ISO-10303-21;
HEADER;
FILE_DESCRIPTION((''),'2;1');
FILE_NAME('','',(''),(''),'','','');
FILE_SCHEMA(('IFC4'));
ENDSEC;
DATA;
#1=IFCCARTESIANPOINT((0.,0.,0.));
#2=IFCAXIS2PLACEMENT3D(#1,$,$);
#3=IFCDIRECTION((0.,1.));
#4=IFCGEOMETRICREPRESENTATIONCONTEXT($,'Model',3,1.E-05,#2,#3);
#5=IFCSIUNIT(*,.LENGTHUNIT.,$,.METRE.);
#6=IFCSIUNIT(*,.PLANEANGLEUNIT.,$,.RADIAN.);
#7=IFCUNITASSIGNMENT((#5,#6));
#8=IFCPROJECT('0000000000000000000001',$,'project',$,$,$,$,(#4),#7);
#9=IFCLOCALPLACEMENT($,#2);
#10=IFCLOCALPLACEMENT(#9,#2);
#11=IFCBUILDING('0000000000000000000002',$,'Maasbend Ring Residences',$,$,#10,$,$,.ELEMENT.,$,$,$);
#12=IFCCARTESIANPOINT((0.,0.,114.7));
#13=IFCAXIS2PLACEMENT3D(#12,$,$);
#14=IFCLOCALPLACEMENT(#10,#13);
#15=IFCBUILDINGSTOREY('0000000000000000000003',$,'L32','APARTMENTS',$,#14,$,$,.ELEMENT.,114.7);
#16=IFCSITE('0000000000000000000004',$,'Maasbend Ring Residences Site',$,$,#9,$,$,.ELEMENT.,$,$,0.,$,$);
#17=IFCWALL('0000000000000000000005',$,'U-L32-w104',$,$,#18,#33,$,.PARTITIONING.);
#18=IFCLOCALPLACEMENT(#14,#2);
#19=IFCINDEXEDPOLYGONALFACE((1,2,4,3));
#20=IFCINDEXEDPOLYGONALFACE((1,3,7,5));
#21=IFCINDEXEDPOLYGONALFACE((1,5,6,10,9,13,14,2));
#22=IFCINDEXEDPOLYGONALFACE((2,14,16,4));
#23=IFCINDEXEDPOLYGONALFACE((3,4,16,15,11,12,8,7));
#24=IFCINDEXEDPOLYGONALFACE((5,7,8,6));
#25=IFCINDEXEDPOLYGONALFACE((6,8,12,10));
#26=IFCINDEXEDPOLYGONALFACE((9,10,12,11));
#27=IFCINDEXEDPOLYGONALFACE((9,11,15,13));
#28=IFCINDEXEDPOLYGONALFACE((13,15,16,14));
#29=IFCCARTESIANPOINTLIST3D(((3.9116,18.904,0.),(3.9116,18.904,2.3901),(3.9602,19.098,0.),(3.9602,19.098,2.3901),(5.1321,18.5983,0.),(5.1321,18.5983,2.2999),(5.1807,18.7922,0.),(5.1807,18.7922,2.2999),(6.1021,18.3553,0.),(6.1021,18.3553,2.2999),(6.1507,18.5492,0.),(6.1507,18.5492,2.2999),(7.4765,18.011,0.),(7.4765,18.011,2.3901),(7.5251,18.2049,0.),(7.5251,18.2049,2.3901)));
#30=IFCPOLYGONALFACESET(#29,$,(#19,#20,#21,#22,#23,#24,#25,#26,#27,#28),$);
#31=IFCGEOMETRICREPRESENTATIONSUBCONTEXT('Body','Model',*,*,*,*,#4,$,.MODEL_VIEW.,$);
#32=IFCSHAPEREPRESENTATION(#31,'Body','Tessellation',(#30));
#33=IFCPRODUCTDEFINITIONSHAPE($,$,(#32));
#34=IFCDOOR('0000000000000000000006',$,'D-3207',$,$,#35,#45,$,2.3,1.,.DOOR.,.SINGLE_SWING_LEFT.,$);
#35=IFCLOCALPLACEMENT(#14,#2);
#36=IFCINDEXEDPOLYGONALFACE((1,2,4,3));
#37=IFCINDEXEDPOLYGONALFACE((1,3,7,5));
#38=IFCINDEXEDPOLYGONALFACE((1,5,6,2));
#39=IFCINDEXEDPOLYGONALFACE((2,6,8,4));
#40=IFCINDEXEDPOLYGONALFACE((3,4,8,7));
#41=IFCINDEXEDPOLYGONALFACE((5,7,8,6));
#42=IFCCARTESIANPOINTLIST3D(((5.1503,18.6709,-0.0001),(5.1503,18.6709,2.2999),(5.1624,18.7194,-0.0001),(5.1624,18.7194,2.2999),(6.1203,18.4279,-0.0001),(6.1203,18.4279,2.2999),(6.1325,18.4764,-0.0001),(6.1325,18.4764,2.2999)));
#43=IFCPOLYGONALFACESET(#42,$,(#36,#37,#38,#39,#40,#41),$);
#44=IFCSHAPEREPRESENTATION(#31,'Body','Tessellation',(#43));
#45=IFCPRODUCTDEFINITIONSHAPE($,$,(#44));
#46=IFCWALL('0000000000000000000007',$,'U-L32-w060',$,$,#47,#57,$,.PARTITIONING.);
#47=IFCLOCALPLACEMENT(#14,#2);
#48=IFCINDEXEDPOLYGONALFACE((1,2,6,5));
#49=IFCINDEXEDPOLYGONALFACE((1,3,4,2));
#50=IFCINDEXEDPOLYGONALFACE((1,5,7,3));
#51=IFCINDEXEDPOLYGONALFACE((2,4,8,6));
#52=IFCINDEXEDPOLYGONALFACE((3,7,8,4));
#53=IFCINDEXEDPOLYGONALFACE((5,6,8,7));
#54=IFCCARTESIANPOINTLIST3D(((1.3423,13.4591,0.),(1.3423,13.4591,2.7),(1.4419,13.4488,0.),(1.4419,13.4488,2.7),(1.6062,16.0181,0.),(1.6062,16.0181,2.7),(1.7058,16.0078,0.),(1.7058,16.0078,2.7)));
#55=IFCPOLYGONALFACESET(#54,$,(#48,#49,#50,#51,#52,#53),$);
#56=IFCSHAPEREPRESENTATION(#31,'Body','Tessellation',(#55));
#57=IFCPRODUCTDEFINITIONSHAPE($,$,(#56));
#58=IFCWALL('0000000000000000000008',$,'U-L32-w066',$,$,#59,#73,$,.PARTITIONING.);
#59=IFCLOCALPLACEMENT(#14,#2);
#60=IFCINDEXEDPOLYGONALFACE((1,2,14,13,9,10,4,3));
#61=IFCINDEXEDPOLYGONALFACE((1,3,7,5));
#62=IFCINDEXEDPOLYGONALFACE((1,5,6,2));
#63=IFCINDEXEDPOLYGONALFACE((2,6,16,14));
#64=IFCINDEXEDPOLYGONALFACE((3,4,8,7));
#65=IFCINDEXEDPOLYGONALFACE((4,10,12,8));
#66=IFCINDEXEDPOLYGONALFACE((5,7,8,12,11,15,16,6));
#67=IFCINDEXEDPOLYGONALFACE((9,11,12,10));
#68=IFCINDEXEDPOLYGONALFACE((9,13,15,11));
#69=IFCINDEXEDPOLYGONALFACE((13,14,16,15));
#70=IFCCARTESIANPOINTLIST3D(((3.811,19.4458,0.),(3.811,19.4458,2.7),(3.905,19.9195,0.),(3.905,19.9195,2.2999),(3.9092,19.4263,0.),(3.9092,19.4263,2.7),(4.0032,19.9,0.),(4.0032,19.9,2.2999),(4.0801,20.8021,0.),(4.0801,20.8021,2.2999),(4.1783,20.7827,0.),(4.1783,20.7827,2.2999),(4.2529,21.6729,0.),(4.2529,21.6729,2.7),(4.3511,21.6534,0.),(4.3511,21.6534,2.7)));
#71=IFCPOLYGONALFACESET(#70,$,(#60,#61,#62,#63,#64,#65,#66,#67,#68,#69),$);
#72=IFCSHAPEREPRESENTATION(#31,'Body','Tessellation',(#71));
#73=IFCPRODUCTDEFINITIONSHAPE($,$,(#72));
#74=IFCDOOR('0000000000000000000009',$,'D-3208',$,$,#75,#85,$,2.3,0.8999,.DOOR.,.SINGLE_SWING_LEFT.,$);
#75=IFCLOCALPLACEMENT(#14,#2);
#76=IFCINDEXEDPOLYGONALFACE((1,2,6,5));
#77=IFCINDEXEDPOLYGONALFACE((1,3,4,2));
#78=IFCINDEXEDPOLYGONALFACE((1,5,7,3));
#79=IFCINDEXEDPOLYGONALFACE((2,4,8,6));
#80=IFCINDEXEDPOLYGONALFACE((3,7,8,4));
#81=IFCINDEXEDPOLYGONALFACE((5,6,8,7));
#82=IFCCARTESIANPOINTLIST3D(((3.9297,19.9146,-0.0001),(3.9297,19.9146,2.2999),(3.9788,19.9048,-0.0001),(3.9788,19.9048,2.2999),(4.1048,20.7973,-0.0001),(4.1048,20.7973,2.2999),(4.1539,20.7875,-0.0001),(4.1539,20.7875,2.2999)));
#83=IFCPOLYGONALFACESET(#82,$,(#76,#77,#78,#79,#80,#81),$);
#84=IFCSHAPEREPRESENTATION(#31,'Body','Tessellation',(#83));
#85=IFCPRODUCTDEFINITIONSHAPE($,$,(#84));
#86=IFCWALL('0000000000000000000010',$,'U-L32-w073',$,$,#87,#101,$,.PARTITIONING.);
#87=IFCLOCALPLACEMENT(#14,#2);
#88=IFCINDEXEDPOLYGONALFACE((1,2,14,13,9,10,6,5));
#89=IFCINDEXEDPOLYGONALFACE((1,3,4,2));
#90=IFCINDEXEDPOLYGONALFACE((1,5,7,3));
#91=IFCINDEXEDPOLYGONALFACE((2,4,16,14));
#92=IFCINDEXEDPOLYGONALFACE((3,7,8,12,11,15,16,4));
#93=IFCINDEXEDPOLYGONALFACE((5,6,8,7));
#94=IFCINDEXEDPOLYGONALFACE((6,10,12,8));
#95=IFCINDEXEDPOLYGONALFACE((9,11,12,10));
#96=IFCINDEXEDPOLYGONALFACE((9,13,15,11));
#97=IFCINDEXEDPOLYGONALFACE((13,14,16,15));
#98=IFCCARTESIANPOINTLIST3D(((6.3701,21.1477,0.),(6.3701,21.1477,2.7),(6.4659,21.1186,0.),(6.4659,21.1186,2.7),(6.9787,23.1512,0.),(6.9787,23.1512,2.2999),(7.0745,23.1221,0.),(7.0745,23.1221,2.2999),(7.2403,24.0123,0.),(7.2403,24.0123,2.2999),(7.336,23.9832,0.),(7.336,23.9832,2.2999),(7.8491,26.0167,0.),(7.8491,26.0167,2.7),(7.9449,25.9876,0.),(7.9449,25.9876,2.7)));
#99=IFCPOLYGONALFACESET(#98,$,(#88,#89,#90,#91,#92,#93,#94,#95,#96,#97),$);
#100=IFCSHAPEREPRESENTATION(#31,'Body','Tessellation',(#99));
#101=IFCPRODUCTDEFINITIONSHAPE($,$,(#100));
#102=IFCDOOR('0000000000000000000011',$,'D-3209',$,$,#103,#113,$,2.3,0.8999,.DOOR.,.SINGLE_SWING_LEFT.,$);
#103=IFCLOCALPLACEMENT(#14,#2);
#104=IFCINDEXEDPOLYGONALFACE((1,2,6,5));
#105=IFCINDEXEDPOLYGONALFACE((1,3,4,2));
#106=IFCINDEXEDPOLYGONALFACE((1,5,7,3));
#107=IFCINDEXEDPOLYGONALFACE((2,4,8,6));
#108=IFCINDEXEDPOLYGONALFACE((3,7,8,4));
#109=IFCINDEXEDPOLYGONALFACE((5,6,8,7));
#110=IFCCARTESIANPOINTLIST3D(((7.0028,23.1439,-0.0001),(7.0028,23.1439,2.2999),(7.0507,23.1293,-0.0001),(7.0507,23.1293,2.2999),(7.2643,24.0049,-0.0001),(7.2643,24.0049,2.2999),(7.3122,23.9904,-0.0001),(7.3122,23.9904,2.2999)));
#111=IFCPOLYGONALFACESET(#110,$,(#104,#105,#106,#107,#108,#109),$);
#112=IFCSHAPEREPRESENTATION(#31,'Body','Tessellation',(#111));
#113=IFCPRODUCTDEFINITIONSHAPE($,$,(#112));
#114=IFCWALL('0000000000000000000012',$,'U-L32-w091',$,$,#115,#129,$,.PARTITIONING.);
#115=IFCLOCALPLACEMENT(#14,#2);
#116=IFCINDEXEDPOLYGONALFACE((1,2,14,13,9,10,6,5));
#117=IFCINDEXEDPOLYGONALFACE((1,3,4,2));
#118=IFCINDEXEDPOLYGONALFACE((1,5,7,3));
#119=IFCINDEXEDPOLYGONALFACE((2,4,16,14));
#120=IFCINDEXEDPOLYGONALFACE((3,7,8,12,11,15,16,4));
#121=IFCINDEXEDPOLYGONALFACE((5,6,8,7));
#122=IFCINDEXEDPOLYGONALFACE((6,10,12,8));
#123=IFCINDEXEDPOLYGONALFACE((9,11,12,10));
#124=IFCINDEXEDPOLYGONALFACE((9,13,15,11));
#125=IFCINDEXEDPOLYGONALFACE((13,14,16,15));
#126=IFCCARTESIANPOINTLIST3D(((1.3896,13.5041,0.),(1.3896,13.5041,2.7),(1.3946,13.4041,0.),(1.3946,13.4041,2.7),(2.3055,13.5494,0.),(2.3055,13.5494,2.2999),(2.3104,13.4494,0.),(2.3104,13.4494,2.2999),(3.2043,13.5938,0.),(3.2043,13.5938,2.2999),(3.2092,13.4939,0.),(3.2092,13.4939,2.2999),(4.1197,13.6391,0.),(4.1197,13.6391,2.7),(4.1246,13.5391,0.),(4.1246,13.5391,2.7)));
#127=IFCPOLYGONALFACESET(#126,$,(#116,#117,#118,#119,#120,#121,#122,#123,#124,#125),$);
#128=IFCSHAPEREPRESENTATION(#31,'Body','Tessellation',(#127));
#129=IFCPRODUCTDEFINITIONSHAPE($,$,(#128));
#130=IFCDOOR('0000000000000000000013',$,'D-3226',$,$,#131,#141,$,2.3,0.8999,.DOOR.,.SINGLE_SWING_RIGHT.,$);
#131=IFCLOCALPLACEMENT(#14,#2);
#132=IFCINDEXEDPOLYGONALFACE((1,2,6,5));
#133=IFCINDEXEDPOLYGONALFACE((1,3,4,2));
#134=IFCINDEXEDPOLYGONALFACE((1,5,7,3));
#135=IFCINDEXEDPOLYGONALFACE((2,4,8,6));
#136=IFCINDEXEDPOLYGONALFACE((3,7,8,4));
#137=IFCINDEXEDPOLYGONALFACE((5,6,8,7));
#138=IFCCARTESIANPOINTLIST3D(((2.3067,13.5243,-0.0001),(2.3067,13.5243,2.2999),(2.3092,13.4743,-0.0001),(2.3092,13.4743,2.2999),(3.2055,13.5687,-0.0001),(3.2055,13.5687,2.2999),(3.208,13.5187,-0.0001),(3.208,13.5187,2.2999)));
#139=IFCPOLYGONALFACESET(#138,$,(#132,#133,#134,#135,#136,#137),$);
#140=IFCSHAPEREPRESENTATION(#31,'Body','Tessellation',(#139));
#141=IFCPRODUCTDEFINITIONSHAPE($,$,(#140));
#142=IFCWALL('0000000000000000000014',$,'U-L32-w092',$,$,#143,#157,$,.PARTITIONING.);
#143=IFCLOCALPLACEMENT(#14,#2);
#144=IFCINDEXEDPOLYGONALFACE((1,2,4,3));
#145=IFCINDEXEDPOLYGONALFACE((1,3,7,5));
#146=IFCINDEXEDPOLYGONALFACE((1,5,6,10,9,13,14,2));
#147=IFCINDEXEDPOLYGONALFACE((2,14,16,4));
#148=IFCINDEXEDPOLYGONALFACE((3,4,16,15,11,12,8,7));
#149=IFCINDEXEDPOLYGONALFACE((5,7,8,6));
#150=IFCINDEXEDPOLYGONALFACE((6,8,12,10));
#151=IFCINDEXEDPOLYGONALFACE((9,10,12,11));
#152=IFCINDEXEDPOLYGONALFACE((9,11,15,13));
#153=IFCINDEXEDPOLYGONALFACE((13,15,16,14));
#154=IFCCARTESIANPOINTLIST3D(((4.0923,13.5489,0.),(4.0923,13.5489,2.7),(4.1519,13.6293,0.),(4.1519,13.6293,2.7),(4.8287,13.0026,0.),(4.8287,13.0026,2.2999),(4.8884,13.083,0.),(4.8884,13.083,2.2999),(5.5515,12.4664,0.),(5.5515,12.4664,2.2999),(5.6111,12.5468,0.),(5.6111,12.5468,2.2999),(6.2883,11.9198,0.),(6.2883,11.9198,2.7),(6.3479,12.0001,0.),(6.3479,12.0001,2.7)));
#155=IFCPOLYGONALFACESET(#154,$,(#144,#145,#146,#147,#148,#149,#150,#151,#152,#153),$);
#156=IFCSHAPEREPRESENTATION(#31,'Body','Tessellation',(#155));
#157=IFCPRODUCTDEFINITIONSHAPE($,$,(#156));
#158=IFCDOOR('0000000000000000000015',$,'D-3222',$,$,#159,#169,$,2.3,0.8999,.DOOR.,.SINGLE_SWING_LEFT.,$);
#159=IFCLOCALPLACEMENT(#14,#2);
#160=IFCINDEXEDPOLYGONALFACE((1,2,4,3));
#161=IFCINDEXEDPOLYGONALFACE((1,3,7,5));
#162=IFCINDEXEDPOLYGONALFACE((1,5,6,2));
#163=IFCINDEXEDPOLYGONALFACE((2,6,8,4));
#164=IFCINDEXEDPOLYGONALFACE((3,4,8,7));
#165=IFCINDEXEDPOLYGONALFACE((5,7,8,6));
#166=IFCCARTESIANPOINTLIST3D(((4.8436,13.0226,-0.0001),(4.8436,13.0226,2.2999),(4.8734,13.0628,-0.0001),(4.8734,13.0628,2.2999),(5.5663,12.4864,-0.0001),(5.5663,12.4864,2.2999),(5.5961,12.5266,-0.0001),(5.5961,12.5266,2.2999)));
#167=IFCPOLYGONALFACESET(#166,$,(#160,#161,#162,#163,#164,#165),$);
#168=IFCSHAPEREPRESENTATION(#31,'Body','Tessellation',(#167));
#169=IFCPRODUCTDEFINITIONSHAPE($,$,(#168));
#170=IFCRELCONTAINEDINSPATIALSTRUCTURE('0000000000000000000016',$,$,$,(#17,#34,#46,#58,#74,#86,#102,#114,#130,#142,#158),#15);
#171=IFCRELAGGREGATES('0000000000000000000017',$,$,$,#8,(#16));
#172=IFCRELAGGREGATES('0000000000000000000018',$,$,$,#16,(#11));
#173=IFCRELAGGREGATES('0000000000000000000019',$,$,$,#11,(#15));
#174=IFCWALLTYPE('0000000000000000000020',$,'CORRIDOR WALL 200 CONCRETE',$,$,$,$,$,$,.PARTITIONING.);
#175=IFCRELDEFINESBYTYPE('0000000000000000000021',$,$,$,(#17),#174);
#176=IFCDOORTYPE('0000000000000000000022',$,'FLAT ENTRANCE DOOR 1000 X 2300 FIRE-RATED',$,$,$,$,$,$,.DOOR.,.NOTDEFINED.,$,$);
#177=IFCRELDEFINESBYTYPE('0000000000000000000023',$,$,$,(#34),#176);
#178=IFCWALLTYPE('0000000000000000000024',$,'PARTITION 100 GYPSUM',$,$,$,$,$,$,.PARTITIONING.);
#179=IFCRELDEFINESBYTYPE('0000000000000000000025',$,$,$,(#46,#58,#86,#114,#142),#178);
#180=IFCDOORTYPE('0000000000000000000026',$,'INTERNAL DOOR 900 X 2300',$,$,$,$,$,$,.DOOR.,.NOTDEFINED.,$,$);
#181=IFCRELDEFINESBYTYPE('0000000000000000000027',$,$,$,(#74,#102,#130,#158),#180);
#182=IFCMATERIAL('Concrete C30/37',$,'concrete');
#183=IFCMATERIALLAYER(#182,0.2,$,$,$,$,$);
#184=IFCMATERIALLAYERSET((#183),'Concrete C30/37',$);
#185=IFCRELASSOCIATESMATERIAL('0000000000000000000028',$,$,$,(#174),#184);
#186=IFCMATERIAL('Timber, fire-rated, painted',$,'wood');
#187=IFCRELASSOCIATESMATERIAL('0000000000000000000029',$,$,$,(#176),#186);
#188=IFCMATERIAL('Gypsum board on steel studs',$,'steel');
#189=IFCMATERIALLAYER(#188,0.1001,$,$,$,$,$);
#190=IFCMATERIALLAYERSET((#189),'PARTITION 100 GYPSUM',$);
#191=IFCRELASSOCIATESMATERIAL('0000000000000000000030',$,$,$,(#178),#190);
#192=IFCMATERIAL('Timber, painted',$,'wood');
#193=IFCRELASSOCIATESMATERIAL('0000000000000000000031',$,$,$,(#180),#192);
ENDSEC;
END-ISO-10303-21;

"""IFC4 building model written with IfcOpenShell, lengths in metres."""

from ifc_helpers import new_model, si_unit, direction, frame, frame_2d, origin, place, context, subcontext, project, spatial, rectangle, extrude, material, layer, layer_set, type_object, element, fill, save


model = new_model("IFC4")

# Units and contexts
model_context = context("Model", 3, precision=1e-05, world=origin(), true_north=direction((0.0, 1.0)))
body_context = subcontext(model_context, "Body", "Model", "MODEL_VIEW")
ifc_project = project(units=[si_unit("LENGTHUNIT", "METRE"), si_unit("PLANEANGLEUNIT", "RADIAN")], contexts=[model_context])

# Site, building, storey
site_placement = place(None, origin())
site = spatial("IfcSite", under=ifc_project, at=site_placement, Name="Maasbend Ring Residences Site", CompositionType="ELEMENT", RefElevation=0.0)
building_placement = place(site_placement, origin())
building = spatial("IfcBuilding", under=site, at=building_placement, Name="Maasbend Ring Residences", CompositionType="ELEMENT")
storey_placement = place(building_placement, frame((0.0, 0.0, 114.7)))
storey = spatial("IfcBuildingStorey", under=building, at=storey_placement, Name="L32", Description="APARTMENTS", CompositionType="ELEMENT", Elevation=114.7)

# Shared definitions
ifc_material_1 = material(Name="Concrete C30/37", Category="concrete")
ifc_layer_1 = layer(ifc_material_1, 0.2)
ifc_layer_set_1 = layer_set([ifc_layer_1], Name="Concrete C30/37")
wall_type_1 = type_object("IfcWallType", Name="CORRIDOR WALL 200 CONCRETE", PredefinedType="PARTITIONING", material=ifc_layer_set_1)
ifc_material_2 = material(Name="Timber, fire-rated, painted", Category="wood")
door_type_1 = type_object("IfcDoorType", Name="FLAT ENTRANCE DOOR 1000 X 2300 FIRE-RATED", OperationType="NOTDEFINED", PredefinedType="DOOR", material=ifc_material_2)

# Wall, opening, door
wall_1_placement = place(storey_placement, frame((3.936, 19.001, 0.0), z_axis=(0.0, 0.0, 1.0), x_axis=(0.970025, -0.243005, 0.0)))
wall_1 = element("IfcWall", 1, at=wall_1_placement, inside=storey, type_object=wall_type_1, Name="U-L32-w104", PredefinedType="PARTITIONING", context=body_context, shape_type="SweptSolid", body=[
    extrude(rectangle(XDim=3.675, YDim=0.2, at=frame_2d((1.8374, 0.0))), origin(), (0.0, 0.0, 1.0), 2.3901),
])
opening_1_placement = place(wall_1_placement, frame((1.2581, 0.0, 0.0)))
opening_1 = element("IfcOpeningElement", 2, at=opening_1_placement, cuts=wall_1, PredefinedType="OPENING", context=body_context, shape_type="SweptSolid", body=[
    extrude(rectangle(XDim=1.0, YDim=2.3, at=frame_2d((0.5, 1.1499))), frame((0.0, 0.1099, 0.0), z_axis=(0.0, -1.0, 0.0), x_axis=(1.0, 0.0, 0.0)), (0.0, 0.0, 1.0), 0.22),
])
door_1_placement = place(opening_1_placement, origin())
door_1 = element("IfcDoor", 3, at=door_1_placement, inside=storey, type_object=door_type_1, Name="D-3207", OperationType="SINGLE_SWING_LEFT", OverallHeight=2.3, OverallWidth=1.0, PredefinedType="DOOR", context=body_context, shape_type="SweptSolid", body=[
    extrude(rectangle(XDim=1.0, YDim=2.3, at=frame_2d((0.5, 1.1499))), frame((0.0, 0.0249, 0.0), z_axis=(0.0, -1.0, 0.0), x_axis=(1.0, 0.0, 0.0)), (0.0, 0.0, 1.0), 0.05),
])
fill(opening_1, door_1)

# Wall
ifc_material_3 = material(Name="Gypsum board on steel studs", Category="steel")
ifc_layer_2 = layer(ifc_material_3, 0.1001)
ifc_layer_set_2 = layer_set([ifc_layer_2], Name="PARTITION 100 GYPSUM")
wall_type_2 = type_object("IfcWallType", Name="PARTITION 100 GYPSUM", PredefinedType="PARTITIONING", material=ifc_layer_set_2)
wall_2_placement = place(storey_placement, frame((1.3921, 13.4541, 0.0), z_axis=(0.0, 0.0, 1.0), x_axis=(0.102595, 0.994723, 0.0)))
element("IfcWall", 4, at=wall_2_placement, inside=storey, type_object=wall_type_2, Name="U-L32-w060", PredefinedType="PARTITIONING", context=body_context, shape_type="SweptSolid", body=[
    extrude(rectangle(XDim=2.5725, YDim=0.1001, at=frame_2d((1.2861, 0.0))), origin(), (0.0, 0.0, 1.0), 2.7),
])

# Walls, openings, doors
wall_3_placement = place(storey_placement, frame((3.8601, 19.436, 0.0), z_axis=(0.0, 0.0, 1.0), x_axis=(0.194627, 0.980877, 0.0)))
wall_3 = element("IfcWall", 5, at=wall_3_placement, inside=storey, type_object=wall_type_2, Name="U-L32-w066", PredefinedType="PARTITIONING", context=body_context, shape_type="SweptSolid", body=[
    extrude(rectangle(XDim=2.2705, YDim=0.1001, at=frame_2d((1.1353, 0.0))), origin(), (0.0, 0.0, 1.0), 2.7),
])
opening_2_placement = place(wall_3_placement, frame((0.4829, 0.0, 0.0)))
opening_2 = element("IfcOpeningElement", 6, at=opening_2_placement, cuts=wall_3, PredefinedType="OPENING", context=body_context, shape_type="SweptSolid", body=[
    extrude(rectangle(XDim=0.8999, YDim=2.3, at=frame_2d((0.45, 1.1499))), frame((0.0, 0.0601, 0.0), z_axis=(0.0, -1.0, 0.0), x_axis=(1.0, 0.0, 0.0)), (0.0, 0.0, 1.0), 0.1201),
])
ifc_material_4 = material(Name="Timber, painted", Category="wood")
door_type_2 = type_object("IfcDoorType", Name="INTERNAL DOOR 900 X 2300", OperationType="NOTDEFINED", PredefinedType="DOOR", material=ifc_material_4)
door_2_placement = place(opening_2_placement, origin())
door_2 = element("IfcDoor", 7, at=door_2_placement, inside=storey, type_object=door_type_2, Name="D-3208", OperationType="SINGLE_SWING_LEFT", OverallHeight=2.3, OverallWidth=0.8999, PredefinedType="DOOR", context=body_context, shape_type="SweptSolid", body=[
    extrude(rectangle(XDim=0.8999, YDim=2.3, at=frame_2d((0.45, 1.1499))), frame((0.0, 0.0249, 0.0), z_axis=(0.0, -1.0, 0.0), x_axis=(1.0, 0.0, 0.0)), (0.0, 0.0, 1.0), 0.05),
])
fill(opening_2, door_2)
wall_4_placement = place(storey_placement, frame((6.418, 21.1331, 0.0), z_axis=(0.0, 0.0, 1.0), x_axis=(0.290652, 0.956829, 0.0)))
wall_4 = element("IfcWall", 8, at=wall_4_placement, inside=storey, type_object=wall_type_2, Name="U-L32-w073", PredefinedType="PARTITIONING", context=body_context, shape_type="SweptSolid", body=[
    extrude(rectangle(XDim=5.0886, YDim=0.1001, at=frame_2d((2.5444, 0.0))), origin(), (0.0, 0.0, 1.0), 2.7),
])
opening_3_placement = place(wall_4_placement, frame((2.094, 0.0, 0.0)))
opening_3 = element("IfcOpeningElement", 9, at=opening_3_placement, cuts=wall_4, PredefinedType="OPENING", context=body_context, shape_type="SweptSolid", body=[
    extrude(rectangle(XDim=0.8999, YDim=2.3, at=frame_2d((0.45, 1.1499))), frame((0.0, 0.0601, 0.0), z_axis=(0.0, -1.0, 0.0), x_axis=(1.0, 0.0, 0.0)), (0.0, 0.0, 1.0), 0.1201),
])
door_3_placement = place(opening_3_placement, origin())
door_3 = element("IfcDoor", 10, at=door_3_placement, inside=storey, type_object=door_type_2, Name="D-3209", OperationType="SINGLE_SWING_LEFT", OverallHeight=2.3, OverallWidth=0.8999, PredefinedType="DOOR", context=body_context, shape_type="SweptSolid", body=[
    extrude(rectangle(XDim=0.8999, YDim=2.3, at=frame_2d((0.45, 1.1499))), frame((0.0, 0.0249, 0.0), z_axis=(0.0, -1.0, 0.0), x_axis=(1.0, 0.0, 0.0)), (0.0, 0.0, 1.0), 0.05),
])
fill(opening_3, door_3)
wall_5_placement = place(storey_placement, frame((1.3921, 13.4541, 0.0), z_axis=(0.0, 0.0, 1.0), x_axis=(0.998779, 0.049394, 0.0)))
wall_5 = element("IfcWall", 11, at=wall_5_placement, inside=storey, type_object=wall_type_2, Name="U-L32-w091", PredefinedType="PARTITIONING", context=body_context, shape_type="SweptSolid", body=[
    extrude(rectangle(XDim=2.7334, YDim=0.1001, at=frame_2d((1.3667, 0.0))), origin(), (0.0, 0.0, 1.0), 2.7),
])
opening_4_placement = place(wall_5_placement, frame((0.917, 0.0, 0.0)))
opening_4 = element("IfcOpeningElement", 12, at=opening_4_placement, cuts=wall_5, PredefinedType="OPENING", context=body_context, shape_type="SweptSolid", body=[
    extrude(rectangle(XDim=0.8999, YDim=2.3, at=frame_2d((0.45, 1.1499))), frame((0.0, 0.0601, 0.0), z_axis=(0.0, -1.0, 0.0), x_axis=(1.0, 0.0, 0.0)), (0.0, 0.0, 1.0), 0.1201),
])
door_4_placement = place(opening_4_placement, origin())
door_4 = element("IfcDoor", 13, at=door_4_placement, inside=storey, type_object=door_type_2, Name="D-3226", OperationType="SINGLE_SWING_RIGHT", OverallHeight=2.3, OverallWidth=0.8999, PredefinedType="DOOR", context=body_context, shape_type="SweptSolid", body=[
    extrude(rectangle(XDim=0.8999, YDim=2.3, at=frame_2d((0.45, 1.1499))), frame((0.0, 0.0249, 0.0), z_axis=(0.0, -1.0, 0.0), x_axis=(1.0, 0.0, 0.0)), (0.0, 0.0, 1.0), 0.05),
])
fill(opening_4, door_4)
wall_6_placement = place(storey_placement, frame((4.1221, 13.5891, 0.0), z_axis=(0.0, 0.0, 1.0), x_axis=(0.803128, -0.595806, 0.0)))
wall_6 = element("IfcWall", 14, at=wall_6_placement, inside=storey, type_object=wall_type_2, Name="U-L32-w092", PredefinedType="PARTITIONING", context=body_context, shape_type="SweptSolid", body=[
    extrude(rectangle(XDim=2.7344, YDim=0.1001, at=frame_2d((1.3672, 0.0))), origin(), (0.0, 0.0, 1.0), 2.7),
])
opening_5_placement = place(wall_6_placement, frame((0.917, 0.0, 0.0)))
opening_5 = element("IfcOpeningElement", 15, at=opening_5_placement, cuts=wall_6, PredefinedType="OPENING", context=body_context, shape_type="SweptSolid", body=[
    extrude(rectangle(XDim=0.8999, YDim=2.3, at=frame_2d((0.45, 1.1499))), frame((0.0, 0.0601, 0.0), z_axis=(0.0, -1.0, 0.0), x_axis=(1.0, 0.0, 0.0)), (0.0, 0.0, 1.0), 0.1201),
])
door_5_placement = place(opening_5_placement, origin())
door_5 = element("IfcDoor", 16, at=door_5_placement, inside=storey, type_object=door_type_2, Name="D-3222", OperationType="SINGLE_SWING_LEFT", OverallHeight=2.3, OverallWidth=0.8999, PredefinedType="DOOR", context=body_context, shape_type="SweptSolid", body=[
    extrude(rectangle(XDim=0.8999, YDim=2.3, at=frame_2d((0.45, 1.1499))), frame((0.0, 0.0249, 0.0), z_axis=(0.0, -1.0, 0.0), x_axis=(1.0, 0.0, 0.0)), (0.0, 0.0, 1.0), 0.05),
])
fill(opening_5, door_5)

save(model, "model.ifc")
